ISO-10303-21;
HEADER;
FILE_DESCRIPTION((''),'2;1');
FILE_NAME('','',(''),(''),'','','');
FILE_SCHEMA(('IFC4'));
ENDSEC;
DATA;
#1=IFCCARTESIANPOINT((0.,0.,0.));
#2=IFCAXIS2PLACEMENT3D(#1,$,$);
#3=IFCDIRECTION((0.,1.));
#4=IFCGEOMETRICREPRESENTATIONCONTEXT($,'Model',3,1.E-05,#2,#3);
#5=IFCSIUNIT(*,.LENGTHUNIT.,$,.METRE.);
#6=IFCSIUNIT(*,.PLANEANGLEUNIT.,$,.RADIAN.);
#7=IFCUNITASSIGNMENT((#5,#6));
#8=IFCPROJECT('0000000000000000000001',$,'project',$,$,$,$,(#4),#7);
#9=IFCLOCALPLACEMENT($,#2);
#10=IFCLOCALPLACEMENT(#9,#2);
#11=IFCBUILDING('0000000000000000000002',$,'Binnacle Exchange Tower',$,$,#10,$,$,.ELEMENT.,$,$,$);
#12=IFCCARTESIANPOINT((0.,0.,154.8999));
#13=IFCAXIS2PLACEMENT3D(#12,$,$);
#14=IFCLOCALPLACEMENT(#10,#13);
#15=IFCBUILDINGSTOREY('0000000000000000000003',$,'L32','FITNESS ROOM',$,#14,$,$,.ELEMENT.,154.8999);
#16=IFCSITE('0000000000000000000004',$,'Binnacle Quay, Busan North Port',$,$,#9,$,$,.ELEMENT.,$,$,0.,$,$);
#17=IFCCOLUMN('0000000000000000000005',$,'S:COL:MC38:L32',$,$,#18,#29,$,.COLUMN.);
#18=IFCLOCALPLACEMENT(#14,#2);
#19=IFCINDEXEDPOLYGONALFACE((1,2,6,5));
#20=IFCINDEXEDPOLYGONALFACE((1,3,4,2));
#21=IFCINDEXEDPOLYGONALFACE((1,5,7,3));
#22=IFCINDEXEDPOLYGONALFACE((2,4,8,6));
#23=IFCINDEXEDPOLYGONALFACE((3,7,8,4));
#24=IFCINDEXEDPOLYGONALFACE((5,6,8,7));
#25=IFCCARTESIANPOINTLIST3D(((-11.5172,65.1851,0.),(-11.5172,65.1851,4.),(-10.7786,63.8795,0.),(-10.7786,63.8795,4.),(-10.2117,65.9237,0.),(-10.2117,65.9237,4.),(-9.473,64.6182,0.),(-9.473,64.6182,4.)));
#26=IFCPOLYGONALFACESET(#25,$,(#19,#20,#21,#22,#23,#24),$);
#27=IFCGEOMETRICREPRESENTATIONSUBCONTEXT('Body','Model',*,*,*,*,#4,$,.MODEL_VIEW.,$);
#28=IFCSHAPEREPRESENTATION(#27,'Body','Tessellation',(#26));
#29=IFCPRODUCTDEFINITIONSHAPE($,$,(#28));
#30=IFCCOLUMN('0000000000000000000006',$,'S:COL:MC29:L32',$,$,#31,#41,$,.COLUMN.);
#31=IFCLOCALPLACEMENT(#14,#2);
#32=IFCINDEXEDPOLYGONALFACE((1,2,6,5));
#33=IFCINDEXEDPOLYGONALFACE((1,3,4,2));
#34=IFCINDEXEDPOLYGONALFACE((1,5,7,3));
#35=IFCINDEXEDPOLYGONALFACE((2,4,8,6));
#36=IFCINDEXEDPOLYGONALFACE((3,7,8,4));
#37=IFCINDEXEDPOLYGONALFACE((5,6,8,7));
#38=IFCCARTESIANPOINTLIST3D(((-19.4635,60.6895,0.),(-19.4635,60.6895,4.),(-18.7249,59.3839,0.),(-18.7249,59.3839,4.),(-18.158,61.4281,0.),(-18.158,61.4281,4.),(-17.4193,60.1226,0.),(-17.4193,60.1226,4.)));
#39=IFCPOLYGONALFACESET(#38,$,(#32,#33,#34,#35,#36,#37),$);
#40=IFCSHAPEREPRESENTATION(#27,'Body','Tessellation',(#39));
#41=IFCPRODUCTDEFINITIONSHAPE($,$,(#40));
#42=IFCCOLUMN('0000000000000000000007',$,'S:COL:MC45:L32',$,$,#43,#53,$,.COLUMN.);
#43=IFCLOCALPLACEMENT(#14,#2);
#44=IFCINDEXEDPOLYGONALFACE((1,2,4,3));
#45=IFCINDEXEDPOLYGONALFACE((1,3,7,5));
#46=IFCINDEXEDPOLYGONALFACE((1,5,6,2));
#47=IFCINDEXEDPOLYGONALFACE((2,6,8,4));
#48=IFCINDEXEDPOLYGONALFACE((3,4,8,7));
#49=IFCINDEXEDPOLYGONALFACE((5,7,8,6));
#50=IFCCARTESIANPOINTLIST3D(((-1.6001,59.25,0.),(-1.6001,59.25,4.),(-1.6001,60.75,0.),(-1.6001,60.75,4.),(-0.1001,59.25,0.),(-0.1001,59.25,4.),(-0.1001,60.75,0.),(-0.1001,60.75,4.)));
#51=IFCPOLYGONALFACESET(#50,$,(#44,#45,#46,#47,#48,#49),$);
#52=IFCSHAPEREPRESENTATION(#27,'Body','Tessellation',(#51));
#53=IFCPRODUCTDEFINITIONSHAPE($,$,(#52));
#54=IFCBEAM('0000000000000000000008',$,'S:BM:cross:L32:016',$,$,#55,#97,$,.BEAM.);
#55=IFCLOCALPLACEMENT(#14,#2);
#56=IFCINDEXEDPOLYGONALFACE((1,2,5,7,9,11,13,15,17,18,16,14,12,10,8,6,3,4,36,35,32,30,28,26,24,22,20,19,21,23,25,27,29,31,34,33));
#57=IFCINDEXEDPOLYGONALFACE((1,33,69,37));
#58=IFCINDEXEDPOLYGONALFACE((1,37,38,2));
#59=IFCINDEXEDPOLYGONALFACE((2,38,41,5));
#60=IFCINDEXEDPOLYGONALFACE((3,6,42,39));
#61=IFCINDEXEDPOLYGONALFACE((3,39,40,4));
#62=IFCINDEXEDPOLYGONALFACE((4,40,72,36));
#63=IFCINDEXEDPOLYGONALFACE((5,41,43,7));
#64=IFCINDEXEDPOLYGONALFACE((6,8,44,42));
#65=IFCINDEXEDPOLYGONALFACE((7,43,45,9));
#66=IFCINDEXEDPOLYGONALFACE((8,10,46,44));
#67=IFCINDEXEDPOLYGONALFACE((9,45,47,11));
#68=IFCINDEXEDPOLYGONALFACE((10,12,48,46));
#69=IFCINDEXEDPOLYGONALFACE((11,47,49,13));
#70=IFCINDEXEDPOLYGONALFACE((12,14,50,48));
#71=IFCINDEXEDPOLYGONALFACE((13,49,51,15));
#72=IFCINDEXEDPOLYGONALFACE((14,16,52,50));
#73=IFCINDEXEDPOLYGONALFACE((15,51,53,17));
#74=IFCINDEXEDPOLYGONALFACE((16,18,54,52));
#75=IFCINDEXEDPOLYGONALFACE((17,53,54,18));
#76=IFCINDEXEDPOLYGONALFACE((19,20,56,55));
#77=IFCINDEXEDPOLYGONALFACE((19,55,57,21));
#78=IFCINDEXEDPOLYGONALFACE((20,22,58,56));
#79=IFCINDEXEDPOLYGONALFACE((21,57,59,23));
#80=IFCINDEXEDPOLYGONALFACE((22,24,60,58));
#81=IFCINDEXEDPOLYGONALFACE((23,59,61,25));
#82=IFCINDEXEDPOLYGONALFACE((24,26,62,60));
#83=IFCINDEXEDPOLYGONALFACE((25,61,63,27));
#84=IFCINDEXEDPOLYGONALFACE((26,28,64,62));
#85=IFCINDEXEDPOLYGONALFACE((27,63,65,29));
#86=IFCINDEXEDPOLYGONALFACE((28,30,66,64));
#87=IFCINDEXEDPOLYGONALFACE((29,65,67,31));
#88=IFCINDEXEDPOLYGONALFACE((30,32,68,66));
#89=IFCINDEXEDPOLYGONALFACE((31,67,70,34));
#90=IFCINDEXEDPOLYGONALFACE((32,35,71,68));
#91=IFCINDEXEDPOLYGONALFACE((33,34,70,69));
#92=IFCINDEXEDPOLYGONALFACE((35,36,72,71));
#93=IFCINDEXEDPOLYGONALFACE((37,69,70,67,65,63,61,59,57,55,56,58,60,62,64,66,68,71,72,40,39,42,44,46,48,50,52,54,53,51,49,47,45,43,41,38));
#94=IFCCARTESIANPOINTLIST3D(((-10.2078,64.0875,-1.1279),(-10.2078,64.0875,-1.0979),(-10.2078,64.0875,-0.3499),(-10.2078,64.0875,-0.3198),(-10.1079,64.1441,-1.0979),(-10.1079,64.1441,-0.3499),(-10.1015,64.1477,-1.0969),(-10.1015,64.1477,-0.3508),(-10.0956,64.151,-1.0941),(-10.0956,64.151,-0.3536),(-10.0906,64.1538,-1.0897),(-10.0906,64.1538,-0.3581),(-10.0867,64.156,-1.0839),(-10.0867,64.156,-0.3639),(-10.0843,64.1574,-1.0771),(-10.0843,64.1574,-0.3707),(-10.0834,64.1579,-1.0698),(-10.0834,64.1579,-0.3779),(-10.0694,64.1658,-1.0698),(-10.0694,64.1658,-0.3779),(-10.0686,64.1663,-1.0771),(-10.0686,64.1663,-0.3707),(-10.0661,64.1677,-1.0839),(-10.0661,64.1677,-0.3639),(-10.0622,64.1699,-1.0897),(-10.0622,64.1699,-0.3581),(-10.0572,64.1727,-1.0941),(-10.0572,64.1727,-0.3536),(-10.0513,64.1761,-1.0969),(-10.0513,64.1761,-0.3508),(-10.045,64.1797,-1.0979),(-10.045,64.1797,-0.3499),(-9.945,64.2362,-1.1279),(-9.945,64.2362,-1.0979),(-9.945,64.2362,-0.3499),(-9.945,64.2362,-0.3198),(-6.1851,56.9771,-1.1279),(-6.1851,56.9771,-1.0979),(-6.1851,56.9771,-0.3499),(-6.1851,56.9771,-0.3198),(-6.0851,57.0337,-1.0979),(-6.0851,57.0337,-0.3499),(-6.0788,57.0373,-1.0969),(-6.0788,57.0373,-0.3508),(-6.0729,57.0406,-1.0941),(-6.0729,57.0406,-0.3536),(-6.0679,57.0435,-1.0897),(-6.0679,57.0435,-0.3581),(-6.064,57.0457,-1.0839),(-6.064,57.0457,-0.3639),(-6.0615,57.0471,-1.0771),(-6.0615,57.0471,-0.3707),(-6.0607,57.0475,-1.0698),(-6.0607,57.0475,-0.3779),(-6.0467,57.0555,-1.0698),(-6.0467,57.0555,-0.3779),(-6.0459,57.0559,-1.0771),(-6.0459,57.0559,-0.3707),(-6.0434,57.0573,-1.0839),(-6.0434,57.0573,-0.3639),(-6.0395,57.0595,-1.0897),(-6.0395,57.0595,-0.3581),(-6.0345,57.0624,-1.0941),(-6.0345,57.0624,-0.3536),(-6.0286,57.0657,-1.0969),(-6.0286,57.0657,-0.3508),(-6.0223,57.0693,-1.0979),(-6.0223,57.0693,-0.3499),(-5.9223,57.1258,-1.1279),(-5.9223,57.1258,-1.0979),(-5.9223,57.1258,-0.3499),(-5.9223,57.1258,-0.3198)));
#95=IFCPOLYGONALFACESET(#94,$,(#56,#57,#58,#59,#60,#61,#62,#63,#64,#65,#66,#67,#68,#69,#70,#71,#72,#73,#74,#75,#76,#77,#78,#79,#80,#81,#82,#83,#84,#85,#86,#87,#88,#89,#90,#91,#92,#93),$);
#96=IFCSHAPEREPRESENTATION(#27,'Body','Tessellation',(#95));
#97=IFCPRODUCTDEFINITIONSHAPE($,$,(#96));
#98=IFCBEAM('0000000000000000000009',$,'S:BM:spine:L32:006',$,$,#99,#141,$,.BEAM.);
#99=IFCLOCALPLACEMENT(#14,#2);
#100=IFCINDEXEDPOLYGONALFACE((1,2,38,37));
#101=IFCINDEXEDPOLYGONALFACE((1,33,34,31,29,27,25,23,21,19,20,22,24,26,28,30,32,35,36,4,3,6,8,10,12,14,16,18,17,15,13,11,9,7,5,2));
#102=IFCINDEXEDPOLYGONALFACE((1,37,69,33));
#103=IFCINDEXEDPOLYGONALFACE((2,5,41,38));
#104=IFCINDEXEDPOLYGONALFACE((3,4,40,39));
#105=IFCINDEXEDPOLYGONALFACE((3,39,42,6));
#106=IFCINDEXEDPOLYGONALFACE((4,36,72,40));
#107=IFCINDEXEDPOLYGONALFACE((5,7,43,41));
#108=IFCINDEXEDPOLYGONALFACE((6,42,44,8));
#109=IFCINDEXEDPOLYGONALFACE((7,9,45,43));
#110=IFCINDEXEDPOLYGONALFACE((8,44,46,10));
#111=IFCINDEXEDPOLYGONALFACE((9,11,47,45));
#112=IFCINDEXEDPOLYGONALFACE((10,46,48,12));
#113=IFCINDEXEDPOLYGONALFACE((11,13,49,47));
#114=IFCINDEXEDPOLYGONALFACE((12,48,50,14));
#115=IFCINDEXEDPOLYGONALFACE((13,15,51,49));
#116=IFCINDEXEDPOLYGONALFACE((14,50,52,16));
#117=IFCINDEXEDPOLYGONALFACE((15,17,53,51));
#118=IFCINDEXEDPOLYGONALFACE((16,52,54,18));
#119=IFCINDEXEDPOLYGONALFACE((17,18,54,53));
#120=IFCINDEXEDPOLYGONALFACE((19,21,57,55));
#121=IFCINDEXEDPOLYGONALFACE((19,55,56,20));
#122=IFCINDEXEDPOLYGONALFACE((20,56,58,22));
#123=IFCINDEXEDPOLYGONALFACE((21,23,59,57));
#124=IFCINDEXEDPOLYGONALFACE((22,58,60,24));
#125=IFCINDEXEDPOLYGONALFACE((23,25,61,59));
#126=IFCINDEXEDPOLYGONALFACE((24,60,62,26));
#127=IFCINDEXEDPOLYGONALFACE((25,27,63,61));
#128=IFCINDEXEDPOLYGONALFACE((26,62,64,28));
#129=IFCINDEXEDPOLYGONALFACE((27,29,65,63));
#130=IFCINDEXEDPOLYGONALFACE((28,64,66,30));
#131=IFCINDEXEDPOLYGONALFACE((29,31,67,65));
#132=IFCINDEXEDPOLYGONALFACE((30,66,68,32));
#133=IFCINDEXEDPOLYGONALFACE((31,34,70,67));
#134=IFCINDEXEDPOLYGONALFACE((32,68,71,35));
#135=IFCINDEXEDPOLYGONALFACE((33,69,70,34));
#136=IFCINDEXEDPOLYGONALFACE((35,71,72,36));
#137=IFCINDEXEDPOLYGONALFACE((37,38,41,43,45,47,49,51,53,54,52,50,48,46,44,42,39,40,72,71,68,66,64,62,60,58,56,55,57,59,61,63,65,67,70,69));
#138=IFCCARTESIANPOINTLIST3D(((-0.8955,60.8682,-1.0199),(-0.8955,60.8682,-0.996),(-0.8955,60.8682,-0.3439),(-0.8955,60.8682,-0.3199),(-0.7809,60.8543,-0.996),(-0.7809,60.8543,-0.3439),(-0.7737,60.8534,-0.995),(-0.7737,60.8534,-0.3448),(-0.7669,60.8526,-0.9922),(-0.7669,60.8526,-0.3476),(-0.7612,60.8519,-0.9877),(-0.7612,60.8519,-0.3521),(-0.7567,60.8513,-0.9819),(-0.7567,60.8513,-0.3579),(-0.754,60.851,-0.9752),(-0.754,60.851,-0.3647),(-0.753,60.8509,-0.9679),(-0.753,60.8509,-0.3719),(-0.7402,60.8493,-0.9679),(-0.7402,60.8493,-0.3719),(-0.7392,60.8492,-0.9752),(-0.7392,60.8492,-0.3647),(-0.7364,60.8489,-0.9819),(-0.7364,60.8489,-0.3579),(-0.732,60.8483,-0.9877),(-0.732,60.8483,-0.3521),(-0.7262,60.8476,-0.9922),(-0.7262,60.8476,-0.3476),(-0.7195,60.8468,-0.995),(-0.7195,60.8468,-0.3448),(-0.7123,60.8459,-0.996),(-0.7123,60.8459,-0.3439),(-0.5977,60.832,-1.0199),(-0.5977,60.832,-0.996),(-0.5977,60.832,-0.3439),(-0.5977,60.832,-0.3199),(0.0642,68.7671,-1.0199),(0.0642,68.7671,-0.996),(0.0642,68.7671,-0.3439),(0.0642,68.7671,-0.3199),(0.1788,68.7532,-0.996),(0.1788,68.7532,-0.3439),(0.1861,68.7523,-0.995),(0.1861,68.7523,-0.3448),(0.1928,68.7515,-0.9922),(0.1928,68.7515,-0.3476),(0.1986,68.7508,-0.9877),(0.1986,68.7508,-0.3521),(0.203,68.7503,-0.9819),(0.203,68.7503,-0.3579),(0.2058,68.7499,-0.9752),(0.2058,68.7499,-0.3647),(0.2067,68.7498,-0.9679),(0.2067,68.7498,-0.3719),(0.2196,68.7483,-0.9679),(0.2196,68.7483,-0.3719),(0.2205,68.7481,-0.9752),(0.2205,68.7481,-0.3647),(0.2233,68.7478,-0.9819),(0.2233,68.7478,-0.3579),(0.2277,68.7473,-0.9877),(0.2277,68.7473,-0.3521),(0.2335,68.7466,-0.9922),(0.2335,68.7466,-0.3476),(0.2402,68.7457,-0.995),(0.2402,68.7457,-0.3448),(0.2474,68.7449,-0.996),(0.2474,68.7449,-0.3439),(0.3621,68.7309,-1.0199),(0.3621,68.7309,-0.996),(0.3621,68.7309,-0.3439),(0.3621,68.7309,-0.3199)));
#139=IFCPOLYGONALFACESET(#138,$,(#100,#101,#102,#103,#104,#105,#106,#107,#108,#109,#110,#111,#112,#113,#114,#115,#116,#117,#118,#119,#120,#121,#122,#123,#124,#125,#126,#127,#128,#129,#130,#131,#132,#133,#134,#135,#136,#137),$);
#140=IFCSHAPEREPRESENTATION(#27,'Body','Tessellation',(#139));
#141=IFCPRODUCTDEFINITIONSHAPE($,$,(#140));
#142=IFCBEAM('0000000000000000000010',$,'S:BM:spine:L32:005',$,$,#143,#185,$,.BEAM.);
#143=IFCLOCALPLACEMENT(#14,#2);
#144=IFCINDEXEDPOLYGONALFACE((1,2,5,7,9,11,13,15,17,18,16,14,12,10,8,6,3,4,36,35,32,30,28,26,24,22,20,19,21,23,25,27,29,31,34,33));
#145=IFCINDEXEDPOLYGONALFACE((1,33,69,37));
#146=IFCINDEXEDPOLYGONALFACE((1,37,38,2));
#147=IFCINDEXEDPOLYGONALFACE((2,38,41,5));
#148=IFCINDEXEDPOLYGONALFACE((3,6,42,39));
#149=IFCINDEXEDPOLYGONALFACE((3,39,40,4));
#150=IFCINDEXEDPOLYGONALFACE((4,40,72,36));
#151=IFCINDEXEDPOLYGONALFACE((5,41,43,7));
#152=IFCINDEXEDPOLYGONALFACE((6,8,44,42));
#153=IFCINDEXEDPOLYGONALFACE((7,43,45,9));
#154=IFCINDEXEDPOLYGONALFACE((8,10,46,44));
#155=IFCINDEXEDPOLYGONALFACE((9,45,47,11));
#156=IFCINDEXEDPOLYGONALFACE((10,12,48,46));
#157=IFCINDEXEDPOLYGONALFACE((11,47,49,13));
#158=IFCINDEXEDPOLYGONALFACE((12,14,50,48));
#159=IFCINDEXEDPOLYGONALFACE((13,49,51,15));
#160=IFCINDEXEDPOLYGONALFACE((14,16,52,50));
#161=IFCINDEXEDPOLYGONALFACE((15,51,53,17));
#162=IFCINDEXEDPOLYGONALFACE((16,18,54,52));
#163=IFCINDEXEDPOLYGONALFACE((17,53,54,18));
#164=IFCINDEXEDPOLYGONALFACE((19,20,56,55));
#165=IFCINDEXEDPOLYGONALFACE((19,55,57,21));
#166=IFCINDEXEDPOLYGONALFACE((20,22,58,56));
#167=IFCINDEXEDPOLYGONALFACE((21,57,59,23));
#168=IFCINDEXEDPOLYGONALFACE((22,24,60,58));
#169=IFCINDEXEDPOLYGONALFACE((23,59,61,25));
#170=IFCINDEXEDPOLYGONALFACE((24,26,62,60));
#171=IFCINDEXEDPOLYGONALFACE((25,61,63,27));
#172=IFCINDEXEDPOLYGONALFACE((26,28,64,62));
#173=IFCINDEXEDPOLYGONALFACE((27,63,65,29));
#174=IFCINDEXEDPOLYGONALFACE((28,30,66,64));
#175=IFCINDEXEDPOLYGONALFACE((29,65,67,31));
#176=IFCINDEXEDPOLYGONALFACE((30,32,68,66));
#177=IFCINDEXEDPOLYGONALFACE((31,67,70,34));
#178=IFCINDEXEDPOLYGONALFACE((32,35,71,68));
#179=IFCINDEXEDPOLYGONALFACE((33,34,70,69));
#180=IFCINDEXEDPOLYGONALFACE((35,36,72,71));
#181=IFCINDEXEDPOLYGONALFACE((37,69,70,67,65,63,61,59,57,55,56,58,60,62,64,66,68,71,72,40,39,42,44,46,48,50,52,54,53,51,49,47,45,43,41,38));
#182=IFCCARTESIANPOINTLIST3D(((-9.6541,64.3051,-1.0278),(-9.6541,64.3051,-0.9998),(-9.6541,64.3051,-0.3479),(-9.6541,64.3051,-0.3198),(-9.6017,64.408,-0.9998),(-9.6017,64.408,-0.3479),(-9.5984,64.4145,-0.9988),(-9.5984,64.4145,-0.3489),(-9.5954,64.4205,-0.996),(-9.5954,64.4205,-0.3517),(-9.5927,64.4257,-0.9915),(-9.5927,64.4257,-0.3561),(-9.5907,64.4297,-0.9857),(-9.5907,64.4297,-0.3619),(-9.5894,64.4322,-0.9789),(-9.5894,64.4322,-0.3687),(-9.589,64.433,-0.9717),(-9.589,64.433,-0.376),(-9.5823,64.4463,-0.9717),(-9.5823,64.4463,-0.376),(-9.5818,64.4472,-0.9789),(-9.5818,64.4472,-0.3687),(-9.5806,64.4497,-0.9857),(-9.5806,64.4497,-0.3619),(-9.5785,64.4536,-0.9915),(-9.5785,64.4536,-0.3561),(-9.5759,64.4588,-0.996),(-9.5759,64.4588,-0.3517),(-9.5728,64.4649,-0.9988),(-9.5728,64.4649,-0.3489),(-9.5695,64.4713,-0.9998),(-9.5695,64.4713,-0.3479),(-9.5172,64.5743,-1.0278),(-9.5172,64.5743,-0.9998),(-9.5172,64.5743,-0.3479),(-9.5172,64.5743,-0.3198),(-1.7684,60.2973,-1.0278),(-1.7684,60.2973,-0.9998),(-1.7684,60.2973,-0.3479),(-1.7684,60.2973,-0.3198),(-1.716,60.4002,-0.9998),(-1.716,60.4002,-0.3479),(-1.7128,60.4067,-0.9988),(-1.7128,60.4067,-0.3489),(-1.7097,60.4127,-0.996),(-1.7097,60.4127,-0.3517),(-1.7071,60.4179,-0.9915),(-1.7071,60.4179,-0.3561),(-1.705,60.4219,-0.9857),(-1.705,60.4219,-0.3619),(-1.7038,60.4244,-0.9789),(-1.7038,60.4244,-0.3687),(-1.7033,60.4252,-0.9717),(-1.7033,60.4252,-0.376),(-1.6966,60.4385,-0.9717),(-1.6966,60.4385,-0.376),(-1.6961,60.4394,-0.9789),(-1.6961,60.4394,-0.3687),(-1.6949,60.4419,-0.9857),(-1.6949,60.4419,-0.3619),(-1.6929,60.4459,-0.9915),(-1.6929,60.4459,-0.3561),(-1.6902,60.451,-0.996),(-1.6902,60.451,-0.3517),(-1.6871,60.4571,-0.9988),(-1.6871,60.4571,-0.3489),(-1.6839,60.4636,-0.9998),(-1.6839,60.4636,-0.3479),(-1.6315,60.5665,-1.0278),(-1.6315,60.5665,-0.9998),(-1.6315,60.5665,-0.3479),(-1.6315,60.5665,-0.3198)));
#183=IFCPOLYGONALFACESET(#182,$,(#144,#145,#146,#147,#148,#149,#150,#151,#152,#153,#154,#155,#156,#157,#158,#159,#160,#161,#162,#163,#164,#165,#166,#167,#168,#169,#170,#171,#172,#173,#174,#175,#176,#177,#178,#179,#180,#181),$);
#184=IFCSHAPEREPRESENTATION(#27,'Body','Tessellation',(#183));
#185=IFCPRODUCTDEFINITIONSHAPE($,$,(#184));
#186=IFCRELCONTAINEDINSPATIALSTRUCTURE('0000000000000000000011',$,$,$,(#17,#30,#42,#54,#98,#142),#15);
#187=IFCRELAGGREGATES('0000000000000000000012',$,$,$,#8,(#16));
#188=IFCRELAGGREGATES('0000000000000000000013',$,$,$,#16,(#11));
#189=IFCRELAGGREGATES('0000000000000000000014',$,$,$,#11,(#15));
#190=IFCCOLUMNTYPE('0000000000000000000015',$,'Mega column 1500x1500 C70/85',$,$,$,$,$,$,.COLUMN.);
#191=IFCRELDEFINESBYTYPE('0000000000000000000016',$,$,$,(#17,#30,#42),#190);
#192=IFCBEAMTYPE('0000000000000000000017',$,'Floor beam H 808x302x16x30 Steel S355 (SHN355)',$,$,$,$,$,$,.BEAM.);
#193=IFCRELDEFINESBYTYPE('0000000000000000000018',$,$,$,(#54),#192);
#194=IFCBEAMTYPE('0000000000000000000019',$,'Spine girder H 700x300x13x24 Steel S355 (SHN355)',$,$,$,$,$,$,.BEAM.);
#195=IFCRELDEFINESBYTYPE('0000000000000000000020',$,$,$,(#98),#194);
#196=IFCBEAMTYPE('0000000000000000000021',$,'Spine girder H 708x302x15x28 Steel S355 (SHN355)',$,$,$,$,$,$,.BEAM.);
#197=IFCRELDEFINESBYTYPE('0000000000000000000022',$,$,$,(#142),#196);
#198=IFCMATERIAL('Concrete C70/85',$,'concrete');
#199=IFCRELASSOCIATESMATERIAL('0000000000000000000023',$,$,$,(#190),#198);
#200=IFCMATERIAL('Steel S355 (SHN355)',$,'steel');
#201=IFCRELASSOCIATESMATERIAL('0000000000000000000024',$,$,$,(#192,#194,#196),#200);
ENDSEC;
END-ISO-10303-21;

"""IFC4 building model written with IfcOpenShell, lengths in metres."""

from ifc_helpers import new_model, si_unit, direction, frame, origin, origin_2d, place, context, subcontext, project, spatial, rectangle, i_section, extrude, material, material_profile, profile_set, type_object, element, save


model = new_model("IFC4")

# Units and contexts
model_context = context("Model", 3, precision=1e-05, world=origin(), true_north=direction((0.0, 1.0)))
body_context = subcontext(model_context, "Body", "Model", "MODEL_VIEW")
ifc_project = project(units=[si_unit("LENGTHUNIT", "METRE"), si_unit("PLANEANGLEUNIT", "RADIAN")], contexts=[model_context])

# Site, building, storey
site_placement = place(None, origin())
site = spatial("IfcSite", under=ifc_project, at=site_placement, Name="Binnacle Quay, Busan North Port", CompositionType="ELEMENT", RefElevation=0.0)
building_placement = place(site_placement, origin())
building = spatial("IfcBuilding", under=site, at=building_placement, Name="Binnacle Exchange Tower", CompositionType="ELEMENT")
storey_placement = place(building_placement, frame((0.0, 0.0, 154.8999)))
storey = spatial("IfcBuildingStorey", under=building, at=storey_placement, Name="L32", Description="FITNESS ROOM", CompositionType="ELEMENT", Elevation=154.8999)

# Columns
ifc_material_1 = material(Name="Concrete C70/85", Category="concrete")
ifc_material_profile_1 = material_profile(ifc_material_1, rectangle(XDim=1.5, YDim=1.5, at=origin_2d()), Name="Mega column 1500x1500 C70/85")
ifc_profile_set_1 = profile_set([ifc_material_profile_1], Name="Concrete C70/85")
column_type = type_object("IfcColumnType", Name="Mega column 1500x1500 C70/85", PredefinedType="COLUMN", material=ifc_profile_set_1)
for number, where, z_axis, x_axis, name in (
    (1, (-10.4951, 64.9016, 0.0), (0.0, 0.0, 1.0), (-0.870356, -0.492424, 0.0), "S:COL:MC38:L32"),
    (2, (-18.4414, 60.406, 0.0), (0.0, 0.0, 1.0), (-0.870356, -0.492424, 0.0), "S:COL:MC29:L32"),
    (3, (-0.8501, 60.0, 0.0), (0.0, 0.0, 1.0), (0.0, 1.0, 0.0), "S:COL:MC45:L32"),
):
    element("IfcColumn", number, at=place(storey_placement, frame(where, z_axis=z_axis, x_axis=x_axis)), inside=storey, type_object=column_type, Name=name, PredefinedType="COLUMN", context=body_context, shape_type="SweptSolid", body=[
        extrude(rectangle(XDim=1.5, YDim=1.5, at=origin_2d()), origin(), (0.0, 0.0, 1.0), 4.0),
    ])

# Beams
ifc_material_2 = material(Name="Steel S355 (SHN355)", Category="steel")
ifc_material_profile_2 = material_profile(ifc_material_2, i_section(OverallWidth=0.302, OverallDepth=0.8081, WebThickness=0.0161, FlangeThickness=0.03, FilletRadius=0.0281, at=origin_2d()), Name="H 808x302x16x30")
ifc_profile_set_2 = profile_set([ifc_material_profile_2], Name="Steel S355 (SHN355)")
beam_type_1 = type_object("IfcBeamType", Name="Floor beam H 808x302x16x30 Steel S355 (SHN355)", PredefinedType="BEAM", material=ifc_profile_set_2)
beam_1_placement = place(storey_placement, frame((-10.0764, 64.1619, -0.7239), z_axis=(0.492411, -0.870363, 0.0), x_axis=(0.870363, 0.492411, 0.0)))
element("IfcBeam", 4, at=beam_1_placement, inside=storey, type_object=beam_type_1, Name="S:BM:cross:L32:016", PredefinedType="BEAM", context=body_context, shape_type="SweptSolid", body=[
    extrude(i_section(OverallWidth=0.302, OverallDepth=0.8081, WebThickness=0.0161, FlangeThickness=0.03, FilletRadius=0.0281, at=origin_2d()), origin(), (0.0, 0.0, 1.0), 8.1694),
])
ifc_material_profile_3 = material_profile(ifc_material_2, i_section(OverallWidth=0.3, OverallDepth=0.7, WebThickness=0.0129, FlangeThickness=0.0239, FilletRadius=0.0281, at=origin_2d()), Name="H 700x300x13x24")
ifc_profile_set_3 = profile_set([ifc_material_profile_3], Name="Steel S355 (SHN355)")
beam_type_2 = type_object("IfcBeamType", Name="Spine girder H 700x300x13x24 Steel S355 (SHN355)", PredefinedType="BEAM", material=ifc_profile_set_3)
beam_2_placement = place(storey_placement, frame((-0.7466, 60.8501, -0.6699), z_axis=(0.120613, 0.9927, 0.0), x_axis=(-0.9927, 0.120613, 0.0)))
element("IfcBeam", 5, at=beam_2_placement, inside=storey, type_object=beam_type_2, Name="S:BM:spine:L32:006", PredefinedType="BEAM", context=body_context, shape_type="SweptSolid", body=[
    extrude(i_section(OverallWidth=0.3, OverallDepth=0.7, WebThickness=0.0129, FlangeThickness=0.0239, FilletRadius=0.0281, at=origin_2d()), origin(), (0.0, 0.0, 1.0), 7.957),
])
ifc_material_profile_4 = material_profile(ifc_material_2, i_section(OverallWidth=0.302, OverallDepth=0.708, WebThickness=0.0149, FlangeThickness=0.0281, FilletRadius=0.0281, at=origin_2d()), Name="H 708x302x15x28")
ifc_profile_set_4 = profile_set([ifc_material_profile_4], Name="Steel S355 (SHN355)")
beam_type_3 = type_object("IfcBeamType", Name="Spine girder H 708x302x15x28 Steel S355 (SHN355)", PredefinedType="BEAM", material=ifc_profile_set_4)
beam_3_placement = place(storey_placement, frame((-1.7, 60.4319, -0.6738), z_axis=(-0.891471, 0.453077, 0.0), x_axis=(-0.453077, -0.891471, 0.0)))
element("IfcBeam", 6, at=beam_3_placement, inside=storey, type_object=beam_type_3, Name="S:BM:spine:L32:005", PredefinedType="BEAM", context=body_context, shape_type="SweptSolid", body=[
    extrude(i_section(OverallWidth=0.302, OverallDepth=0.708, WebThickness=0.0149, FlangeThickness=0.0281, FilletRadius=0.0281, at=origin_2d()), origin(), (0.0, 0.0, 1.0), 8.8457),
])

save(model, "model.ifc")
